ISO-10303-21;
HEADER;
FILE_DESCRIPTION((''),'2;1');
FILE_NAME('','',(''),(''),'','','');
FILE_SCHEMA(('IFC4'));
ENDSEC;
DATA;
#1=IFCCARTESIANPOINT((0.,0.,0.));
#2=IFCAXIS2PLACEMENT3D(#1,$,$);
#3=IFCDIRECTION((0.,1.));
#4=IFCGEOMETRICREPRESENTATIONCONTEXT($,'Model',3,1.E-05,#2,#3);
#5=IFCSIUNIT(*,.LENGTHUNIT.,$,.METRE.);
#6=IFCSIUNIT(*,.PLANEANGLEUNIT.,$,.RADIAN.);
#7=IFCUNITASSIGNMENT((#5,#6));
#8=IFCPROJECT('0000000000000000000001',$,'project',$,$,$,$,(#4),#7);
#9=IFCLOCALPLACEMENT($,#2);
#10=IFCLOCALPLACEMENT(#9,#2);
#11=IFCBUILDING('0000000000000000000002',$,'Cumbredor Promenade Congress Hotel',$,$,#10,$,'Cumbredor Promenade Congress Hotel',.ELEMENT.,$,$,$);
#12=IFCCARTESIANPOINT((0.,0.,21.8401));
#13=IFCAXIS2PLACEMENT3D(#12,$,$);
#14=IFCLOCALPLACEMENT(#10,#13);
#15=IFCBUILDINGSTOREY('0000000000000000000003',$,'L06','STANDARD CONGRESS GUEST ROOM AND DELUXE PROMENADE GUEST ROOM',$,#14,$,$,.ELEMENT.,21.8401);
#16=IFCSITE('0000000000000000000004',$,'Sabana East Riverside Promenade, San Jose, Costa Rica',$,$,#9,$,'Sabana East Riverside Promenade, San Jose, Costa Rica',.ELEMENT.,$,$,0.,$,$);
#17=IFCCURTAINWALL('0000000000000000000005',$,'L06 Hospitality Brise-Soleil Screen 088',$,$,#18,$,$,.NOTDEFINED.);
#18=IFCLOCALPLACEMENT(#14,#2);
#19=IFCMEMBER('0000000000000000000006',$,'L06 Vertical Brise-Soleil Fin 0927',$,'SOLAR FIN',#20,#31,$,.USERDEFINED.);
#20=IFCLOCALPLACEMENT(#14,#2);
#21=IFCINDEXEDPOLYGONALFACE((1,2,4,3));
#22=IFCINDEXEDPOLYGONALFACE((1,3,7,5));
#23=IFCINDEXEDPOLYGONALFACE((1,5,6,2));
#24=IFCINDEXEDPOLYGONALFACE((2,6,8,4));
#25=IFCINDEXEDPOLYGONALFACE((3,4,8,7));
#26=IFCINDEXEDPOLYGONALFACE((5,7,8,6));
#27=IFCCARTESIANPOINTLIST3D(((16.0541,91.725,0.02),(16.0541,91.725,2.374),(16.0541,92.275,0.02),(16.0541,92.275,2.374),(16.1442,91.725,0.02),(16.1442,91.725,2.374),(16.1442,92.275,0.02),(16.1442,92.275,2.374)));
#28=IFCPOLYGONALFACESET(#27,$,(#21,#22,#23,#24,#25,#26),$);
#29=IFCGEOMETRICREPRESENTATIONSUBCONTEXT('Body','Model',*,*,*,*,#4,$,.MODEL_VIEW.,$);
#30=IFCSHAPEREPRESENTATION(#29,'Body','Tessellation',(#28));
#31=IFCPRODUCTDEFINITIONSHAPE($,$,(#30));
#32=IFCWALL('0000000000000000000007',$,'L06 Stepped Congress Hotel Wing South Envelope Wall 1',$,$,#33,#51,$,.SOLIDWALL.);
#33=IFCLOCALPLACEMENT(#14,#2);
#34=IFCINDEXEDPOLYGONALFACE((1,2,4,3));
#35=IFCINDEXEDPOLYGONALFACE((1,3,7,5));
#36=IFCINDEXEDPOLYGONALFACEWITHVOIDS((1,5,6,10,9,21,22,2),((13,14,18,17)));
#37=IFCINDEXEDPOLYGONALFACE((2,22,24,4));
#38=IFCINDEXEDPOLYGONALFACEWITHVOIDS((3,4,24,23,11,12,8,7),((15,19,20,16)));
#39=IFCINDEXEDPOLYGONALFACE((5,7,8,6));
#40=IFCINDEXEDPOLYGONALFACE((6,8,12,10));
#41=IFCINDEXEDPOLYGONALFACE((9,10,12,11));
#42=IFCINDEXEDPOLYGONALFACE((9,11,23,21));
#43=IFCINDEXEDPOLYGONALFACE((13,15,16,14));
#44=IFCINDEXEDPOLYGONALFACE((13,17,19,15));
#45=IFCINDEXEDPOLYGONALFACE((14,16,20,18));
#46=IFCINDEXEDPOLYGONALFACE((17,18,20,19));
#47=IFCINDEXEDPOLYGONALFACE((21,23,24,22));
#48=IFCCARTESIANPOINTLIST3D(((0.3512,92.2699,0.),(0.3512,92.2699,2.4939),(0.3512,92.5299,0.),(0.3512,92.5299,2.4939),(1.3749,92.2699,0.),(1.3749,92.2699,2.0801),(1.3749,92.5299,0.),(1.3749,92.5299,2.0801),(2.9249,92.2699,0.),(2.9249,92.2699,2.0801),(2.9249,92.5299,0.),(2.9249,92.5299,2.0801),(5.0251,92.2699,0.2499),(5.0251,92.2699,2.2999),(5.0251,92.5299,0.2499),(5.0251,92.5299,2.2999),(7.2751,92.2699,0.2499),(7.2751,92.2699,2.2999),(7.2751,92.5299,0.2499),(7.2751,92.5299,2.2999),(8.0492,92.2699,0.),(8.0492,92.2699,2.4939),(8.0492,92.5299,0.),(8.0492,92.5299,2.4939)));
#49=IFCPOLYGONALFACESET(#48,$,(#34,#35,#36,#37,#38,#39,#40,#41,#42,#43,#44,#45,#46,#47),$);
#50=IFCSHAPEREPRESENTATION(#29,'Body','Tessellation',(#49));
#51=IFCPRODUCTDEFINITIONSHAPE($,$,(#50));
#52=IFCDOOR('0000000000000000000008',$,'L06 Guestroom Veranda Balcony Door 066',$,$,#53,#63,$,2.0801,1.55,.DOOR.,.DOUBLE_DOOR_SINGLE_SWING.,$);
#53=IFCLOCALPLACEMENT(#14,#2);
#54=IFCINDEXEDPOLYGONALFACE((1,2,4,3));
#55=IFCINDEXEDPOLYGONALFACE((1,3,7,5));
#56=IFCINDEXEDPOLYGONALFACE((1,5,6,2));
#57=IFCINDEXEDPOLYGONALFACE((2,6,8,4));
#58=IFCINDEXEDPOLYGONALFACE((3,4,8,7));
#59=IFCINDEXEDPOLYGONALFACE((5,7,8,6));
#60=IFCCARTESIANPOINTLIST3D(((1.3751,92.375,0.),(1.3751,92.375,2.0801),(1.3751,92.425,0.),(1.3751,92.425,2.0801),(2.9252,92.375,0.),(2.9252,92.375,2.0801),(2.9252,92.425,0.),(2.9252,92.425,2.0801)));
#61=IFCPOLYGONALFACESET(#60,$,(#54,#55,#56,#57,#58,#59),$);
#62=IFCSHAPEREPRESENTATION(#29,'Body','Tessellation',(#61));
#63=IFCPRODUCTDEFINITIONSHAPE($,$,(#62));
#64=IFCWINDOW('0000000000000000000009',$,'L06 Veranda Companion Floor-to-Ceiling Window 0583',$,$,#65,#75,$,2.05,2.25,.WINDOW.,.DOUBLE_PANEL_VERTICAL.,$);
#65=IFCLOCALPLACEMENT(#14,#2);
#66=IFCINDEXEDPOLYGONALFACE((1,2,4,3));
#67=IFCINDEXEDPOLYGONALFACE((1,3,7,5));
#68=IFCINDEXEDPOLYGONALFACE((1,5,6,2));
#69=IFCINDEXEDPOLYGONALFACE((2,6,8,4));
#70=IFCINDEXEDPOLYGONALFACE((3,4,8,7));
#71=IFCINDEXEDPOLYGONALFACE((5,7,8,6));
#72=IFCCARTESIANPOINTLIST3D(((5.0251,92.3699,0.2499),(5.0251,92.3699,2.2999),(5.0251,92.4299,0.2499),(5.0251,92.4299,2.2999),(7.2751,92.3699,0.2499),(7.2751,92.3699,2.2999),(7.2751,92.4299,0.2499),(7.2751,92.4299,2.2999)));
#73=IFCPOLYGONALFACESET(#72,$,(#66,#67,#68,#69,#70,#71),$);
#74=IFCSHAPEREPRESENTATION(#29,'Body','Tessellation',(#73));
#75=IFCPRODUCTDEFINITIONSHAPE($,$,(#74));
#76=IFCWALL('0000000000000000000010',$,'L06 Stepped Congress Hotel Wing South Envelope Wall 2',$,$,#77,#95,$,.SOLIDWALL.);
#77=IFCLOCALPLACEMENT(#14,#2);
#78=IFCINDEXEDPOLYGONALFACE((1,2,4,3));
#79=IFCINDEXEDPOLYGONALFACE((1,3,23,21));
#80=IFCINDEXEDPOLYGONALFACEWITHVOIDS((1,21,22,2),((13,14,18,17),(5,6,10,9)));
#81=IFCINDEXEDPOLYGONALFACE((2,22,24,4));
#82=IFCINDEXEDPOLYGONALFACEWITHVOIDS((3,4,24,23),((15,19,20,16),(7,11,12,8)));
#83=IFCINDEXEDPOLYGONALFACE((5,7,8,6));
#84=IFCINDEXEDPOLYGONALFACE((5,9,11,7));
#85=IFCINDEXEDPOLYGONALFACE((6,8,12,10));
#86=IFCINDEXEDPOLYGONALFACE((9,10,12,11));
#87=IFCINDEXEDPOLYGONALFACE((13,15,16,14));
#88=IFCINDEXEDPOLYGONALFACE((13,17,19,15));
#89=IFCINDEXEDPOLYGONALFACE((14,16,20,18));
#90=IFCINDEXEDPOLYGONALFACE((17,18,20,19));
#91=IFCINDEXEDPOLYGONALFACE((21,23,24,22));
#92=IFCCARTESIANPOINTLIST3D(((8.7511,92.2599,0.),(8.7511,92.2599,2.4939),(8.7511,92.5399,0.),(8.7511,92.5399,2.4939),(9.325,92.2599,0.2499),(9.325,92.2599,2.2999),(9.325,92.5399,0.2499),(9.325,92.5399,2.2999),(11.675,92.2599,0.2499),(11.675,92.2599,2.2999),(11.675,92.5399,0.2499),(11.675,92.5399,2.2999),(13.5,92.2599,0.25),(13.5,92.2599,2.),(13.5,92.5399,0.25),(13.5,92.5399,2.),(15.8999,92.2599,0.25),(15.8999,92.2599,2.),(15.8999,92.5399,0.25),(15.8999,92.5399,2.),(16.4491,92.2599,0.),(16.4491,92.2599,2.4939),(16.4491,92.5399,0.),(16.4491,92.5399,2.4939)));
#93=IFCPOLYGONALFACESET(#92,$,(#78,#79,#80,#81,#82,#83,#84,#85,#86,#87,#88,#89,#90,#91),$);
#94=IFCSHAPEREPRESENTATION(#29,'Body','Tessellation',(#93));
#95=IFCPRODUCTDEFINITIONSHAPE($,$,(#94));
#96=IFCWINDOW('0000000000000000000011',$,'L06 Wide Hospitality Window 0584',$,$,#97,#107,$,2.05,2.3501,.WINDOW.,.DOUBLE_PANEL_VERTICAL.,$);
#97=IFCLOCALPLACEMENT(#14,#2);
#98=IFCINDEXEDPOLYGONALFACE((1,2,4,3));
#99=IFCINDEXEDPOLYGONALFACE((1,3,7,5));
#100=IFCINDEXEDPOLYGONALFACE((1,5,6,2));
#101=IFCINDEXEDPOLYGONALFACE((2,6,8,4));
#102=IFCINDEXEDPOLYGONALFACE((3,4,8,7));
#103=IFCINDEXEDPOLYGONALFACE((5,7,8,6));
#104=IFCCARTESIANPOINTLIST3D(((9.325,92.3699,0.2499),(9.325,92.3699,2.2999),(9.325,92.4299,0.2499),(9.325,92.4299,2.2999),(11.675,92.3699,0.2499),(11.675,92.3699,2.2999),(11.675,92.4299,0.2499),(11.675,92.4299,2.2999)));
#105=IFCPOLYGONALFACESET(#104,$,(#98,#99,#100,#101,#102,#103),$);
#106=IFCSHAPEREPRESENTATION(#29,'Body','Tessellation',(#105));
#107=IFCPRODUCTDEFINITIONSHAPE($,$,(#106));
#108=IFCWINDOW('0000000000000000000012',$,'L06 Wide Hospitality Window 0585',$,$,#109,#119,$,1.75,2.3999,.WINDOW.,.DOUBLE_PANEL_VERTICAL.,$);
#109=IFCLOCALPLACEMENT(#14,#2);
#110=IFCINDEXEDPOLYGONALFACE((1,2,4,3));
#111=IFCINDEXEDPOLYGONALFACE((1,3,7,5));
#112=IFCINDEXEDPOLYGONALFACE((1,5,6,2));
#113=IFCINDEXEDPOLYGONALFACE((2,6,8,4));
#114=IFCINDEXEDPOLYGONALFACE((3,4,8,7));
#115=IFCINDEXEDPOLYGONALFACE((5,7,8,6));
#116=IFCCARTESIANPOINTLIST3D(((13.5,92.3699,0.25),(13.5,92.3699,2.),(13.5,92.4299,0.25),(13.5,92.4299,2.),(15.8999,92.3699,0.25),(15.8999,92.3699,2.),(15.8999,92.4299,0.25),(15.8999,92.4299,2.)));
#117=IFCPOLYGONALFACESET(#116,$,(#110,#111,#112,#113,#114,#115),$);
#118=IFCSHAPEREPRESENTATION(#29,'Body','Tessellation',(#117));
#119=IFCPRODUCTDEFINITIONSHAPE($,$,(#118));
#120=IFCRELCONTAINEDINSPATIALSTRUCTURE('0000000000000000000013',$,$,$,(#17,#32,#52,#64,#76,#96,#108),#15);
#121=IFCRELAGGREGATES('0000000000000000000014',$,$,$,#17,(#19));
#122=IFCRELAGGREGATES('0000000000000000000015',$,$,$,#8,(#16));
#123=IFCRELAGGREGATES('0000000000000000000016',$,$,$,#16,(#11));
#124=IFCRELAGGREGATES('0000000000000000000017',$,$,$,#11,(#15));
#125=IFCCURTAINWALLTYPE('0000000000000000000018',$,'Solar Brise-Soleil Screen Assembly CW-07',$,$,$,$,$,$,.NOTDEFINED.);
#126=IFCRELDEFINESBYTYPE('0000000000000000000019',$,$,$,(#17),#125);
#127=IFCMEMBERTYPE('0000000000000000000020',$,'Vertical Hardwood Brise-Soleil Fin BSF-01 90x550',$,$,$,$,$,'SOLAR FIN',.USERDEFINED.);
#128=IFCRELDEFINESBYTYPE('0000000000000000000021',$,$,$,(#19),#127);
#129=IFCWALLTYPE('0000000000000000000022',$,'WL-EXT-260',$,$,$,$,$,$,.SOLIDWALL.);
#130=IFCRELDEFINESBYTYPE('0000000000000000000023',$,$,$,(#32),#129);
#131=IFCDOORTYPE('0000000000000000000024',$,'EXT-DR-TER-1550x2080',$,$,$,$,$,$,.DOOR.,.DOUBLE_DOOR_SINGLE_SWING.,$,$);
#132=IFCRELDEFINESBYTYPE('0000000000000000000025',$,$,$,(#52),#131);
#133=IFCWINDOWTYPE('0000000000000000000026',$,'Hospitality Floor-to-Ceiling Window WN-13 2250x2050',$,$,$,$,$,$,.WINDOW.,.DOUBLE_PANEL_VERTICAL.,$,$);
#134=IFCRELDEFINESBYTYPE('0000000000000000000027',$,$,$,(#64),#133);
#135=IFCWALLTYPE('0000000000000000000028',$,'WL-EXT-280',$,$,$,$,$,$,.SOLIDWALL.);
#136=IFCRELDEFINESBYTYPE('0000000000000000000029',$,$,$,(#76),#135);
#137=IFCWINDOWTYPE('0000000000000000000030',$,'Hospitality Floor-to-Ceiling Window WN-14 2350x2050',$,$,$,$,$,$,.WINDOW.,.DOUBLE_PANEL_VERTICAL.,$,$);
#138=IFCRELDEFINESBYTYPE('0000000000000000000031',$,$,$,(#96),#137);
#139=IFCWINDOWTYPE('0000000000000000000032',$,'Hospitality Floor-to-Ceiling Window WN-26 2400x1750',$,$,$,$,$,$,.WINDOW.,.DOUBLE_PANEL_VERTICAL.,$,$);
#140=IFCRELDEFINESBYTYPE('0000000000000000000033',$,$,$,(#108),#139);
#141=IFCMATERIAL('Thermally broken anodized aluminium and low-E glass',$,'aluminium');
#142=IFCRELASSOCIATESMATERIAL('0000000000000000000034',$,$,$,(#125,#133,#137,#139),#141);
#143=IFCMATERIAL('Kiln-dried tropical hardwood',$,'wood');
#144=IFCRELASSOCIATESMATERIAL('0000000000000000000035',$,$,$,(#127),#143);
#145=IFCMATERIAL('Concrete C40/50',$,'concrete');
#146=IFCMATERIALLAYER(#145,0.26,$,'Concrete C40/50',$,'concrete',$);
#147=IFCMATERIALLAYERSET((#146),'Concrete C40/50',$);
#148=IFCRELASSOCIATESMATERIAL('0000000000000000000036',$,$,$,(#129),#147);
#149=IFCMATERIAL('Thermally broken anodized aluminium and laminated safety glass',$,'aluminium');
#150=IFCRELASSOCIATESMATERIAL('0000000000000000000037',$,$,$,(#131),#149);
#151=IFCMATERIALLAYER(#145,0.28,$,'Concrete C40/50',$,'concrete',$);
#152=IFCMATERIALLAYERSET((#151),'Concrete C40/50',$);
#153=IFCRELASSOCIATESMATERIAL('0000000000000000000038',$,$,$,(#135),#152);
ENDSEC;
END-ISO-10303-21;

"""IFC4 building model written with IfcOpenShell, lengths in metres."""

from ifc_helpers import new_model, si_unit, direction, frame, frame_2d, origin, origin_2d, place, context, subcontext, project, spatial, rectangle, extrude, material, layer, layer_set, material_profile, profile_set, type_object, element, fill, aggregate, save


model = new_model("IFC4")

# Units and contexts
model_context = context("Model", 3, precision=1e-05, world=origin(), true_north=direction((0.0, 1.0)))
body_context = subcontext(model_context, "Body", "Model", "MODEL_VIEW")
ifc_project = project(units=[si_unit("LENGTHUNIT", "METRE"), si_unit("PLANEANGLEUNIT", "RADIAN")], contexts=[model_context])

# Site, building, storey
site_placement = place(None, origin())
site = spatial("IfcSite", under=ifc_project, at=site_placement, Name="Sabana East Riverside Promenade, San Jose, Costa Rica", LongName="Sabana East Riverside Promenade, San Jose, Costa Rica", CompositionType="ELEMENT", RefElevation=0.0)
building_placement = place(site_placement, origin())
building = spatial("IfcBuilding", under=site, at=building_placement, Name="Cumbredor Promenade Congress Hotel", LongName="Cumbredor Promenade Congress Hotel", CompositionType="ELEMENT")
storey_placement = place(building_placement, frame((0.0, 0.0, 21.8401)))
storey = spatial("IfcBuildingStorey", under=building, at=storey_placement, Name="L06", Description="STANDARD CONGRESS GUEST ROOM AND DELUXE PROMENADE GUEST ROOM", CompositionType="ELEMENT", Elevation=21.8401)

# Shared definitions
ifc_material_1 = material(Name="Concrete C40/50", Category="concrete")

# Shared definitions
ifc_material_2 = material(Name="Thermally broken anodized aluminium and low-E glass", Category="aluminium")
curtain_wall_type = type_object("IfcCurtainWallType", Name="Solar Brise-Soleil Screen Assembly CW-07", PredefinedType="NOTDEFINED", material=ifc_material_2)

# Curtain wall
curtain_wall_1_placement = place(storey_placement, origin())
curtain_wall_1 = element("IfcCurtainWall", 1, at=curtain_wall_1_placement, inside=storey, type_object=curtain_wall_type, Name="L06 Hospitality Brise-Soleil Screen 088", PredefinedType="NOTDEFINED")

# Member
ifc_material_3 = material(Name="Kiln-dried tropical hardwood", Category="wood")
ifc_material_profile_1 = material_profile(ifc_material_3, rectangle(XDim=0.0901, YDim=0.55, at=origin_2d()), Name="ARCH FIN 90x550")
ifc_profile_set_1 = profile_set([ifc_material_profile_1], Name="Kiln-dried tropical hardwood")
member_type_1 = type_object("IfcMemberType", Name="Vertical Hardwood Brise-Soleil Fin BSF-01 90x550", ElementType="SOLAR FIN", PredefinedType="USERDEFINED", material=ifc_profile_set_1)
member_1_placement = place(storey_placement, frame((16.0991, 92.0, 0.02), z_axis=(0.0, 0.0, 1.0), x_axis=(1.0, 0.0, 0.0)))
member_1 = element("IfcMember", 2, at=member_1_placement, type_object=member_type_1, Name="L06 Vertical Brise-Soleil Fin 0927", ObjectType="SOLAR FIN", PredefinedType="USERDEFINED", context=body_context, shape_type="SweptSolid", body=[
    extrude(rectangle(XDim=0.0901, YDim=0.55, at=origin_2d()), origin(), (0.0, 0.0, 1.0), 2.354),
])
aggregate(curtain_wall_1, [member_1])

# Wall, openings, door, window
ifc_layer_1 = layer(ifc_material_1, 0.26, Name="Concrete C40/50", Category="concrete")
ifc_layer_set_1 = layer_set([ifc_layer_1], Name="Concrete C40/50")
wall_type_1 = type_object("IfcWallType", Name="WL-EXT-260", PredefinedType="SOLIDWALL", material=ifc_layer_set_1)
wall_1_placement = place(storey_placement, frame((0.3511, 92.3999, 0.0), z_axis=(0.0, 0.0, 1.0), x_axis=(1.0, 0.0, 0.0)))
wall_1 = element("IfcWall", 3, at=wall_1_placement, inside=storey, type_object=wall_type_1, Name="L06 Stepped Congress Hotel Wing South Envelope Wall 1", PredefinedType="SOLIDWALL", context=body_context, shape_type="SweptSolid", body=[
    extrude(rectangle(XDim=7.698, YDim=0.26, at=frame_2d((3.8491, 0.0))), origin(), (0.0, 0.0, 1.0), 2.4939),
])
opening_1_placement = place(wall_1_placement, frame((1.0239, 0.0, 0.0)))
opening_1 = element("IfcOpeningElement", 4, at=opening_1_placement, cuts=wall_1, PredefinedType="OPENING", context=body_context, shape_type="SweptSolid", body=[
    extrude(rectangle(XDim=1.55, YDim=2.0801, at=frame_2d((0.7749, 1.04))), frame((0.0, 0.1401, 0.0), z_axis=(0.0, -1.0, 0.0), x_axis=(1.0, 0.0, 0.0)), (0.0, 0.0, 1.0), 0.28),
])
opening_2_placement = place(wall_1_placement, frame((4.6741, 0.0, 0.25)))
opening_2 = element("IfcOpeningElement", 5, at=opening_2_placement, cuts=wall_1, PredefinedType="OPENING", context=body_context, shape_type="SweptSolid", body=[
    extrude(rectangle(XDim=2.25, YDim=2.05, at=frame_2d((1.125, 1.0249))), frame((0.0, 0.1401, 0.0), z_axis=(0.0, -1.0, 0.0), x_axis=(1.0, 0.0, 0.0)), (0.0, 0.0, 1.0), 0.28),
])
ifc_material_4 = material(Name="Thermally broken anodized aluminium and laminated safety glass", Category="aluminium")
door_type_1 = type_object("IfcDoorType", Name="EXT-DR-TER-1550x2080", OperationType="DOUBLE_DOOR_SINGLE_SWING", PredefinedType="DOOR", material=ifc_material_4)
door_1_placement = place(opening_1_placement, frame((1.55, 0.0, 0.0), z_axis=(0.0, 0.0, 1.0), x_axis=(-1.0, 0.0, 0.0)))
door_1 = element("IfcDoor", 6, at=door_1_placement, inside=storey, type_object=door_type_1, Name="L06 Guestroom Veranda Balcony Door 066", OperationType="DOUBLE_DOOR_SINGLE_SWING", OverallHeight=2.0801, OverallWidth=1.55, PredefinedType="DOOR", context=body_context, shape_type="SweptSolid", body=[
    extrude(rectangle(XDim=1.55, YDim=2.0801, at=frame_2d((0.7749, 1.04))), frame((0.0, 0.0249, 0.0), z_axis=(0.0, -1.0, 0.0), x_axis=(1.0, 0.0, 0.0)), (0.0, 0.0, 1.0), 0.05),
])
fill(opening_1, door_1)
window_type_1 = type_object("IfcWindowType", Name="Hospitality Floor-to-Ceiling Window WN-13 2250x2050", PartitioningType="DOUBLE_PANEL_VERTICAL", PredefinedType="WINDOW", material=ifc_material_2)
window_1_placement = place(opening_2_placement, origin())
window_1 = element("IfcWindow", 7, at=window_1_placement, inside=storey, type_object=window_type_1, Name="L06 Veranda Companion Floor-to-Ceiling Window 0583", OverallHeight=2.05, OverallWidth=2.25, PartitioningType="DOUBLE_PANEL_VERTICAL", PredefinedType="WINDOW", context=body_context, shape_type="SweptSolid", body=[
    extrude(rectangle(XDim=2.25, YDim=2.05, at=frame_2d((1.125, 1.0249))), frame((0.0, 0.03, 0.0), z_axis=(0.0, -1.0, 0.0), x_axis=(1.0, 0.0, 0.0)), (0.0, 0.0, 1.0), 0.0601),
])
fill(opening_2, window_1)

# Wall, openings, windows
ifc_layer_2 = layer(ifc_material_1, 0.28, Name="Concrete C40/50", Category="concrete")
ifc_layer_set_2 = layer_set([ifc_layer_2], Name="Concrete C40/50")
wall_type_2 = type_object("IfcWallType", Name="WL-EXT-280", PredefinedType="SOLIDWALL", material=ifc_layer_set_2)
wall_2_placement = place(storey_placement, frame((8.751, 92.3999, 0.0), z_axis=(0.0, 0.0, 1.0), x_axis=(1.0, 0.0, 0.0)))
wall_2 = element("IfcWall", 8, at=wall_2_placement, inside=storey, type_object=wall_type_2, Name="L06 Stepped Congress Hotel Wing South Envelope Wall 2", PredefinedType="SOLIDWALL", context=body_context, shape_type="SweptSolid", body=[
    extrude(rectangle(XDim=7.698, YDim=0.28, at=frame_2d((3.8491, 0.0))), origin(), (0.0, 0.0, 1.0), 2.4939),
])
opening_3_placement = place(wall_2_placement, frame((0.574, 0.0, 0.25)))
opening_3 = element("IfcOpeningElement", 9, at=opening_3_placement, cuts=wall_2, PredefinedType="OPENING", context=body_context, shape_type="SweptSolid", body=[
    extrude(rectangle(XDim=2.3501, YDim=2.05, at=frame_2d((1.175, 1.0249))), frame((0.0, 0.1499, 0.0), z_axis=(0.0, -1.0, 0.0), x_axis=(1.0, 0.0, 0.0)), (0.0, 0.0, 1.0), 0.3),
])
opening_4_placement = place(wall_2_placement, frame((4.749, 0.0, 0.25)))
opening_4 = element("IfcOpeningElement", 10, at=opening_4_placement, cuts=wall_2, PredefinedType="OPENING", context=body_context, shape_type="SweptSolid", body=[
    extrude(rectangle(XDim=2.3999, YDim=1.75, at=frame_2d((1.2, 0.875))), frame((0.0, 0.1499, 0.0), z_axis=(0.0, -1.0, 0.0), x_axis=(1.0, 0.0, 0.0)), (0.0, 0.0, 1.0), 0.3),
])
window_type_2 = type_object("IfcWindowType", Name="Hospitality Floor-to-Ceiling Window WN-14 2350x2050", PartitioningType="DOUBLE_PANEL_VERTICAL", PredefinedType="WINDOW", material=ifc_material_2)
window_2_placement = place(opening_3_placement, origin())
window_2 = element("IfcWindow", 11, at=window_2_placement, inside=storey, type_object=window_type_2, Name="L06 Wide Hospitality Window 0584", OverallHeight=2.05, OverallWidth=2.3501, PartitioningType="DOUBLE_PANEL_VERTICAL", PredefinedType="WINDOW", context=body_context, shape_type="SweptSolid", body=[
    extrude(rectangle(XDim=2.3501, YDim=2.05, at=frame_2d((1.175, 1.0249))), frame((0.0, 0.03, 0.0), z_axis=(0.0, -1.0, 0.0), x_axis=(1.0, 0.0, 0.0)), (0.0, 0.0, 1.0), 0.0601),
])
fill(opening_3, window_2)
window_type_3 = type_object("IfcWindowType", Name="Hospitality Floor-to-Ceiling Window WN-26 2400x1750", PartitioningType="DOUBLE_PANEL_VERTICAL", PredefinedType="WINDOW", material=ifc_material_2)
window_3_placement = place(opening_4_placement, origin())
window_3 = element("IfcWindow", 12, at=window_3_placement, inside=storey, type_object=window_type_3, Name="L06 Wide Hospitality Window 0585", OverallHeight=1.75, OverallWidth=2.3999, PartitioningType="DOUBLE_PANEL_VERTICAL", PredefinedType="WINDOW", context=body_context, shape_type="SweptSolid", body=[
    extrude(rectangle(XDim=2.3999, YDim=1.75, at=frame_2d((1.2, 0.875))), frame((0.0, 0.03, 0.0), z_axis=(0.0, -1.0, 0.0), x_axis=(1.0, 0.0, 0.0)), (0.0, 0.0, 1.0), 0.0601),
])
fill(opening_4, window_3)

save(model, "model.ifc")
